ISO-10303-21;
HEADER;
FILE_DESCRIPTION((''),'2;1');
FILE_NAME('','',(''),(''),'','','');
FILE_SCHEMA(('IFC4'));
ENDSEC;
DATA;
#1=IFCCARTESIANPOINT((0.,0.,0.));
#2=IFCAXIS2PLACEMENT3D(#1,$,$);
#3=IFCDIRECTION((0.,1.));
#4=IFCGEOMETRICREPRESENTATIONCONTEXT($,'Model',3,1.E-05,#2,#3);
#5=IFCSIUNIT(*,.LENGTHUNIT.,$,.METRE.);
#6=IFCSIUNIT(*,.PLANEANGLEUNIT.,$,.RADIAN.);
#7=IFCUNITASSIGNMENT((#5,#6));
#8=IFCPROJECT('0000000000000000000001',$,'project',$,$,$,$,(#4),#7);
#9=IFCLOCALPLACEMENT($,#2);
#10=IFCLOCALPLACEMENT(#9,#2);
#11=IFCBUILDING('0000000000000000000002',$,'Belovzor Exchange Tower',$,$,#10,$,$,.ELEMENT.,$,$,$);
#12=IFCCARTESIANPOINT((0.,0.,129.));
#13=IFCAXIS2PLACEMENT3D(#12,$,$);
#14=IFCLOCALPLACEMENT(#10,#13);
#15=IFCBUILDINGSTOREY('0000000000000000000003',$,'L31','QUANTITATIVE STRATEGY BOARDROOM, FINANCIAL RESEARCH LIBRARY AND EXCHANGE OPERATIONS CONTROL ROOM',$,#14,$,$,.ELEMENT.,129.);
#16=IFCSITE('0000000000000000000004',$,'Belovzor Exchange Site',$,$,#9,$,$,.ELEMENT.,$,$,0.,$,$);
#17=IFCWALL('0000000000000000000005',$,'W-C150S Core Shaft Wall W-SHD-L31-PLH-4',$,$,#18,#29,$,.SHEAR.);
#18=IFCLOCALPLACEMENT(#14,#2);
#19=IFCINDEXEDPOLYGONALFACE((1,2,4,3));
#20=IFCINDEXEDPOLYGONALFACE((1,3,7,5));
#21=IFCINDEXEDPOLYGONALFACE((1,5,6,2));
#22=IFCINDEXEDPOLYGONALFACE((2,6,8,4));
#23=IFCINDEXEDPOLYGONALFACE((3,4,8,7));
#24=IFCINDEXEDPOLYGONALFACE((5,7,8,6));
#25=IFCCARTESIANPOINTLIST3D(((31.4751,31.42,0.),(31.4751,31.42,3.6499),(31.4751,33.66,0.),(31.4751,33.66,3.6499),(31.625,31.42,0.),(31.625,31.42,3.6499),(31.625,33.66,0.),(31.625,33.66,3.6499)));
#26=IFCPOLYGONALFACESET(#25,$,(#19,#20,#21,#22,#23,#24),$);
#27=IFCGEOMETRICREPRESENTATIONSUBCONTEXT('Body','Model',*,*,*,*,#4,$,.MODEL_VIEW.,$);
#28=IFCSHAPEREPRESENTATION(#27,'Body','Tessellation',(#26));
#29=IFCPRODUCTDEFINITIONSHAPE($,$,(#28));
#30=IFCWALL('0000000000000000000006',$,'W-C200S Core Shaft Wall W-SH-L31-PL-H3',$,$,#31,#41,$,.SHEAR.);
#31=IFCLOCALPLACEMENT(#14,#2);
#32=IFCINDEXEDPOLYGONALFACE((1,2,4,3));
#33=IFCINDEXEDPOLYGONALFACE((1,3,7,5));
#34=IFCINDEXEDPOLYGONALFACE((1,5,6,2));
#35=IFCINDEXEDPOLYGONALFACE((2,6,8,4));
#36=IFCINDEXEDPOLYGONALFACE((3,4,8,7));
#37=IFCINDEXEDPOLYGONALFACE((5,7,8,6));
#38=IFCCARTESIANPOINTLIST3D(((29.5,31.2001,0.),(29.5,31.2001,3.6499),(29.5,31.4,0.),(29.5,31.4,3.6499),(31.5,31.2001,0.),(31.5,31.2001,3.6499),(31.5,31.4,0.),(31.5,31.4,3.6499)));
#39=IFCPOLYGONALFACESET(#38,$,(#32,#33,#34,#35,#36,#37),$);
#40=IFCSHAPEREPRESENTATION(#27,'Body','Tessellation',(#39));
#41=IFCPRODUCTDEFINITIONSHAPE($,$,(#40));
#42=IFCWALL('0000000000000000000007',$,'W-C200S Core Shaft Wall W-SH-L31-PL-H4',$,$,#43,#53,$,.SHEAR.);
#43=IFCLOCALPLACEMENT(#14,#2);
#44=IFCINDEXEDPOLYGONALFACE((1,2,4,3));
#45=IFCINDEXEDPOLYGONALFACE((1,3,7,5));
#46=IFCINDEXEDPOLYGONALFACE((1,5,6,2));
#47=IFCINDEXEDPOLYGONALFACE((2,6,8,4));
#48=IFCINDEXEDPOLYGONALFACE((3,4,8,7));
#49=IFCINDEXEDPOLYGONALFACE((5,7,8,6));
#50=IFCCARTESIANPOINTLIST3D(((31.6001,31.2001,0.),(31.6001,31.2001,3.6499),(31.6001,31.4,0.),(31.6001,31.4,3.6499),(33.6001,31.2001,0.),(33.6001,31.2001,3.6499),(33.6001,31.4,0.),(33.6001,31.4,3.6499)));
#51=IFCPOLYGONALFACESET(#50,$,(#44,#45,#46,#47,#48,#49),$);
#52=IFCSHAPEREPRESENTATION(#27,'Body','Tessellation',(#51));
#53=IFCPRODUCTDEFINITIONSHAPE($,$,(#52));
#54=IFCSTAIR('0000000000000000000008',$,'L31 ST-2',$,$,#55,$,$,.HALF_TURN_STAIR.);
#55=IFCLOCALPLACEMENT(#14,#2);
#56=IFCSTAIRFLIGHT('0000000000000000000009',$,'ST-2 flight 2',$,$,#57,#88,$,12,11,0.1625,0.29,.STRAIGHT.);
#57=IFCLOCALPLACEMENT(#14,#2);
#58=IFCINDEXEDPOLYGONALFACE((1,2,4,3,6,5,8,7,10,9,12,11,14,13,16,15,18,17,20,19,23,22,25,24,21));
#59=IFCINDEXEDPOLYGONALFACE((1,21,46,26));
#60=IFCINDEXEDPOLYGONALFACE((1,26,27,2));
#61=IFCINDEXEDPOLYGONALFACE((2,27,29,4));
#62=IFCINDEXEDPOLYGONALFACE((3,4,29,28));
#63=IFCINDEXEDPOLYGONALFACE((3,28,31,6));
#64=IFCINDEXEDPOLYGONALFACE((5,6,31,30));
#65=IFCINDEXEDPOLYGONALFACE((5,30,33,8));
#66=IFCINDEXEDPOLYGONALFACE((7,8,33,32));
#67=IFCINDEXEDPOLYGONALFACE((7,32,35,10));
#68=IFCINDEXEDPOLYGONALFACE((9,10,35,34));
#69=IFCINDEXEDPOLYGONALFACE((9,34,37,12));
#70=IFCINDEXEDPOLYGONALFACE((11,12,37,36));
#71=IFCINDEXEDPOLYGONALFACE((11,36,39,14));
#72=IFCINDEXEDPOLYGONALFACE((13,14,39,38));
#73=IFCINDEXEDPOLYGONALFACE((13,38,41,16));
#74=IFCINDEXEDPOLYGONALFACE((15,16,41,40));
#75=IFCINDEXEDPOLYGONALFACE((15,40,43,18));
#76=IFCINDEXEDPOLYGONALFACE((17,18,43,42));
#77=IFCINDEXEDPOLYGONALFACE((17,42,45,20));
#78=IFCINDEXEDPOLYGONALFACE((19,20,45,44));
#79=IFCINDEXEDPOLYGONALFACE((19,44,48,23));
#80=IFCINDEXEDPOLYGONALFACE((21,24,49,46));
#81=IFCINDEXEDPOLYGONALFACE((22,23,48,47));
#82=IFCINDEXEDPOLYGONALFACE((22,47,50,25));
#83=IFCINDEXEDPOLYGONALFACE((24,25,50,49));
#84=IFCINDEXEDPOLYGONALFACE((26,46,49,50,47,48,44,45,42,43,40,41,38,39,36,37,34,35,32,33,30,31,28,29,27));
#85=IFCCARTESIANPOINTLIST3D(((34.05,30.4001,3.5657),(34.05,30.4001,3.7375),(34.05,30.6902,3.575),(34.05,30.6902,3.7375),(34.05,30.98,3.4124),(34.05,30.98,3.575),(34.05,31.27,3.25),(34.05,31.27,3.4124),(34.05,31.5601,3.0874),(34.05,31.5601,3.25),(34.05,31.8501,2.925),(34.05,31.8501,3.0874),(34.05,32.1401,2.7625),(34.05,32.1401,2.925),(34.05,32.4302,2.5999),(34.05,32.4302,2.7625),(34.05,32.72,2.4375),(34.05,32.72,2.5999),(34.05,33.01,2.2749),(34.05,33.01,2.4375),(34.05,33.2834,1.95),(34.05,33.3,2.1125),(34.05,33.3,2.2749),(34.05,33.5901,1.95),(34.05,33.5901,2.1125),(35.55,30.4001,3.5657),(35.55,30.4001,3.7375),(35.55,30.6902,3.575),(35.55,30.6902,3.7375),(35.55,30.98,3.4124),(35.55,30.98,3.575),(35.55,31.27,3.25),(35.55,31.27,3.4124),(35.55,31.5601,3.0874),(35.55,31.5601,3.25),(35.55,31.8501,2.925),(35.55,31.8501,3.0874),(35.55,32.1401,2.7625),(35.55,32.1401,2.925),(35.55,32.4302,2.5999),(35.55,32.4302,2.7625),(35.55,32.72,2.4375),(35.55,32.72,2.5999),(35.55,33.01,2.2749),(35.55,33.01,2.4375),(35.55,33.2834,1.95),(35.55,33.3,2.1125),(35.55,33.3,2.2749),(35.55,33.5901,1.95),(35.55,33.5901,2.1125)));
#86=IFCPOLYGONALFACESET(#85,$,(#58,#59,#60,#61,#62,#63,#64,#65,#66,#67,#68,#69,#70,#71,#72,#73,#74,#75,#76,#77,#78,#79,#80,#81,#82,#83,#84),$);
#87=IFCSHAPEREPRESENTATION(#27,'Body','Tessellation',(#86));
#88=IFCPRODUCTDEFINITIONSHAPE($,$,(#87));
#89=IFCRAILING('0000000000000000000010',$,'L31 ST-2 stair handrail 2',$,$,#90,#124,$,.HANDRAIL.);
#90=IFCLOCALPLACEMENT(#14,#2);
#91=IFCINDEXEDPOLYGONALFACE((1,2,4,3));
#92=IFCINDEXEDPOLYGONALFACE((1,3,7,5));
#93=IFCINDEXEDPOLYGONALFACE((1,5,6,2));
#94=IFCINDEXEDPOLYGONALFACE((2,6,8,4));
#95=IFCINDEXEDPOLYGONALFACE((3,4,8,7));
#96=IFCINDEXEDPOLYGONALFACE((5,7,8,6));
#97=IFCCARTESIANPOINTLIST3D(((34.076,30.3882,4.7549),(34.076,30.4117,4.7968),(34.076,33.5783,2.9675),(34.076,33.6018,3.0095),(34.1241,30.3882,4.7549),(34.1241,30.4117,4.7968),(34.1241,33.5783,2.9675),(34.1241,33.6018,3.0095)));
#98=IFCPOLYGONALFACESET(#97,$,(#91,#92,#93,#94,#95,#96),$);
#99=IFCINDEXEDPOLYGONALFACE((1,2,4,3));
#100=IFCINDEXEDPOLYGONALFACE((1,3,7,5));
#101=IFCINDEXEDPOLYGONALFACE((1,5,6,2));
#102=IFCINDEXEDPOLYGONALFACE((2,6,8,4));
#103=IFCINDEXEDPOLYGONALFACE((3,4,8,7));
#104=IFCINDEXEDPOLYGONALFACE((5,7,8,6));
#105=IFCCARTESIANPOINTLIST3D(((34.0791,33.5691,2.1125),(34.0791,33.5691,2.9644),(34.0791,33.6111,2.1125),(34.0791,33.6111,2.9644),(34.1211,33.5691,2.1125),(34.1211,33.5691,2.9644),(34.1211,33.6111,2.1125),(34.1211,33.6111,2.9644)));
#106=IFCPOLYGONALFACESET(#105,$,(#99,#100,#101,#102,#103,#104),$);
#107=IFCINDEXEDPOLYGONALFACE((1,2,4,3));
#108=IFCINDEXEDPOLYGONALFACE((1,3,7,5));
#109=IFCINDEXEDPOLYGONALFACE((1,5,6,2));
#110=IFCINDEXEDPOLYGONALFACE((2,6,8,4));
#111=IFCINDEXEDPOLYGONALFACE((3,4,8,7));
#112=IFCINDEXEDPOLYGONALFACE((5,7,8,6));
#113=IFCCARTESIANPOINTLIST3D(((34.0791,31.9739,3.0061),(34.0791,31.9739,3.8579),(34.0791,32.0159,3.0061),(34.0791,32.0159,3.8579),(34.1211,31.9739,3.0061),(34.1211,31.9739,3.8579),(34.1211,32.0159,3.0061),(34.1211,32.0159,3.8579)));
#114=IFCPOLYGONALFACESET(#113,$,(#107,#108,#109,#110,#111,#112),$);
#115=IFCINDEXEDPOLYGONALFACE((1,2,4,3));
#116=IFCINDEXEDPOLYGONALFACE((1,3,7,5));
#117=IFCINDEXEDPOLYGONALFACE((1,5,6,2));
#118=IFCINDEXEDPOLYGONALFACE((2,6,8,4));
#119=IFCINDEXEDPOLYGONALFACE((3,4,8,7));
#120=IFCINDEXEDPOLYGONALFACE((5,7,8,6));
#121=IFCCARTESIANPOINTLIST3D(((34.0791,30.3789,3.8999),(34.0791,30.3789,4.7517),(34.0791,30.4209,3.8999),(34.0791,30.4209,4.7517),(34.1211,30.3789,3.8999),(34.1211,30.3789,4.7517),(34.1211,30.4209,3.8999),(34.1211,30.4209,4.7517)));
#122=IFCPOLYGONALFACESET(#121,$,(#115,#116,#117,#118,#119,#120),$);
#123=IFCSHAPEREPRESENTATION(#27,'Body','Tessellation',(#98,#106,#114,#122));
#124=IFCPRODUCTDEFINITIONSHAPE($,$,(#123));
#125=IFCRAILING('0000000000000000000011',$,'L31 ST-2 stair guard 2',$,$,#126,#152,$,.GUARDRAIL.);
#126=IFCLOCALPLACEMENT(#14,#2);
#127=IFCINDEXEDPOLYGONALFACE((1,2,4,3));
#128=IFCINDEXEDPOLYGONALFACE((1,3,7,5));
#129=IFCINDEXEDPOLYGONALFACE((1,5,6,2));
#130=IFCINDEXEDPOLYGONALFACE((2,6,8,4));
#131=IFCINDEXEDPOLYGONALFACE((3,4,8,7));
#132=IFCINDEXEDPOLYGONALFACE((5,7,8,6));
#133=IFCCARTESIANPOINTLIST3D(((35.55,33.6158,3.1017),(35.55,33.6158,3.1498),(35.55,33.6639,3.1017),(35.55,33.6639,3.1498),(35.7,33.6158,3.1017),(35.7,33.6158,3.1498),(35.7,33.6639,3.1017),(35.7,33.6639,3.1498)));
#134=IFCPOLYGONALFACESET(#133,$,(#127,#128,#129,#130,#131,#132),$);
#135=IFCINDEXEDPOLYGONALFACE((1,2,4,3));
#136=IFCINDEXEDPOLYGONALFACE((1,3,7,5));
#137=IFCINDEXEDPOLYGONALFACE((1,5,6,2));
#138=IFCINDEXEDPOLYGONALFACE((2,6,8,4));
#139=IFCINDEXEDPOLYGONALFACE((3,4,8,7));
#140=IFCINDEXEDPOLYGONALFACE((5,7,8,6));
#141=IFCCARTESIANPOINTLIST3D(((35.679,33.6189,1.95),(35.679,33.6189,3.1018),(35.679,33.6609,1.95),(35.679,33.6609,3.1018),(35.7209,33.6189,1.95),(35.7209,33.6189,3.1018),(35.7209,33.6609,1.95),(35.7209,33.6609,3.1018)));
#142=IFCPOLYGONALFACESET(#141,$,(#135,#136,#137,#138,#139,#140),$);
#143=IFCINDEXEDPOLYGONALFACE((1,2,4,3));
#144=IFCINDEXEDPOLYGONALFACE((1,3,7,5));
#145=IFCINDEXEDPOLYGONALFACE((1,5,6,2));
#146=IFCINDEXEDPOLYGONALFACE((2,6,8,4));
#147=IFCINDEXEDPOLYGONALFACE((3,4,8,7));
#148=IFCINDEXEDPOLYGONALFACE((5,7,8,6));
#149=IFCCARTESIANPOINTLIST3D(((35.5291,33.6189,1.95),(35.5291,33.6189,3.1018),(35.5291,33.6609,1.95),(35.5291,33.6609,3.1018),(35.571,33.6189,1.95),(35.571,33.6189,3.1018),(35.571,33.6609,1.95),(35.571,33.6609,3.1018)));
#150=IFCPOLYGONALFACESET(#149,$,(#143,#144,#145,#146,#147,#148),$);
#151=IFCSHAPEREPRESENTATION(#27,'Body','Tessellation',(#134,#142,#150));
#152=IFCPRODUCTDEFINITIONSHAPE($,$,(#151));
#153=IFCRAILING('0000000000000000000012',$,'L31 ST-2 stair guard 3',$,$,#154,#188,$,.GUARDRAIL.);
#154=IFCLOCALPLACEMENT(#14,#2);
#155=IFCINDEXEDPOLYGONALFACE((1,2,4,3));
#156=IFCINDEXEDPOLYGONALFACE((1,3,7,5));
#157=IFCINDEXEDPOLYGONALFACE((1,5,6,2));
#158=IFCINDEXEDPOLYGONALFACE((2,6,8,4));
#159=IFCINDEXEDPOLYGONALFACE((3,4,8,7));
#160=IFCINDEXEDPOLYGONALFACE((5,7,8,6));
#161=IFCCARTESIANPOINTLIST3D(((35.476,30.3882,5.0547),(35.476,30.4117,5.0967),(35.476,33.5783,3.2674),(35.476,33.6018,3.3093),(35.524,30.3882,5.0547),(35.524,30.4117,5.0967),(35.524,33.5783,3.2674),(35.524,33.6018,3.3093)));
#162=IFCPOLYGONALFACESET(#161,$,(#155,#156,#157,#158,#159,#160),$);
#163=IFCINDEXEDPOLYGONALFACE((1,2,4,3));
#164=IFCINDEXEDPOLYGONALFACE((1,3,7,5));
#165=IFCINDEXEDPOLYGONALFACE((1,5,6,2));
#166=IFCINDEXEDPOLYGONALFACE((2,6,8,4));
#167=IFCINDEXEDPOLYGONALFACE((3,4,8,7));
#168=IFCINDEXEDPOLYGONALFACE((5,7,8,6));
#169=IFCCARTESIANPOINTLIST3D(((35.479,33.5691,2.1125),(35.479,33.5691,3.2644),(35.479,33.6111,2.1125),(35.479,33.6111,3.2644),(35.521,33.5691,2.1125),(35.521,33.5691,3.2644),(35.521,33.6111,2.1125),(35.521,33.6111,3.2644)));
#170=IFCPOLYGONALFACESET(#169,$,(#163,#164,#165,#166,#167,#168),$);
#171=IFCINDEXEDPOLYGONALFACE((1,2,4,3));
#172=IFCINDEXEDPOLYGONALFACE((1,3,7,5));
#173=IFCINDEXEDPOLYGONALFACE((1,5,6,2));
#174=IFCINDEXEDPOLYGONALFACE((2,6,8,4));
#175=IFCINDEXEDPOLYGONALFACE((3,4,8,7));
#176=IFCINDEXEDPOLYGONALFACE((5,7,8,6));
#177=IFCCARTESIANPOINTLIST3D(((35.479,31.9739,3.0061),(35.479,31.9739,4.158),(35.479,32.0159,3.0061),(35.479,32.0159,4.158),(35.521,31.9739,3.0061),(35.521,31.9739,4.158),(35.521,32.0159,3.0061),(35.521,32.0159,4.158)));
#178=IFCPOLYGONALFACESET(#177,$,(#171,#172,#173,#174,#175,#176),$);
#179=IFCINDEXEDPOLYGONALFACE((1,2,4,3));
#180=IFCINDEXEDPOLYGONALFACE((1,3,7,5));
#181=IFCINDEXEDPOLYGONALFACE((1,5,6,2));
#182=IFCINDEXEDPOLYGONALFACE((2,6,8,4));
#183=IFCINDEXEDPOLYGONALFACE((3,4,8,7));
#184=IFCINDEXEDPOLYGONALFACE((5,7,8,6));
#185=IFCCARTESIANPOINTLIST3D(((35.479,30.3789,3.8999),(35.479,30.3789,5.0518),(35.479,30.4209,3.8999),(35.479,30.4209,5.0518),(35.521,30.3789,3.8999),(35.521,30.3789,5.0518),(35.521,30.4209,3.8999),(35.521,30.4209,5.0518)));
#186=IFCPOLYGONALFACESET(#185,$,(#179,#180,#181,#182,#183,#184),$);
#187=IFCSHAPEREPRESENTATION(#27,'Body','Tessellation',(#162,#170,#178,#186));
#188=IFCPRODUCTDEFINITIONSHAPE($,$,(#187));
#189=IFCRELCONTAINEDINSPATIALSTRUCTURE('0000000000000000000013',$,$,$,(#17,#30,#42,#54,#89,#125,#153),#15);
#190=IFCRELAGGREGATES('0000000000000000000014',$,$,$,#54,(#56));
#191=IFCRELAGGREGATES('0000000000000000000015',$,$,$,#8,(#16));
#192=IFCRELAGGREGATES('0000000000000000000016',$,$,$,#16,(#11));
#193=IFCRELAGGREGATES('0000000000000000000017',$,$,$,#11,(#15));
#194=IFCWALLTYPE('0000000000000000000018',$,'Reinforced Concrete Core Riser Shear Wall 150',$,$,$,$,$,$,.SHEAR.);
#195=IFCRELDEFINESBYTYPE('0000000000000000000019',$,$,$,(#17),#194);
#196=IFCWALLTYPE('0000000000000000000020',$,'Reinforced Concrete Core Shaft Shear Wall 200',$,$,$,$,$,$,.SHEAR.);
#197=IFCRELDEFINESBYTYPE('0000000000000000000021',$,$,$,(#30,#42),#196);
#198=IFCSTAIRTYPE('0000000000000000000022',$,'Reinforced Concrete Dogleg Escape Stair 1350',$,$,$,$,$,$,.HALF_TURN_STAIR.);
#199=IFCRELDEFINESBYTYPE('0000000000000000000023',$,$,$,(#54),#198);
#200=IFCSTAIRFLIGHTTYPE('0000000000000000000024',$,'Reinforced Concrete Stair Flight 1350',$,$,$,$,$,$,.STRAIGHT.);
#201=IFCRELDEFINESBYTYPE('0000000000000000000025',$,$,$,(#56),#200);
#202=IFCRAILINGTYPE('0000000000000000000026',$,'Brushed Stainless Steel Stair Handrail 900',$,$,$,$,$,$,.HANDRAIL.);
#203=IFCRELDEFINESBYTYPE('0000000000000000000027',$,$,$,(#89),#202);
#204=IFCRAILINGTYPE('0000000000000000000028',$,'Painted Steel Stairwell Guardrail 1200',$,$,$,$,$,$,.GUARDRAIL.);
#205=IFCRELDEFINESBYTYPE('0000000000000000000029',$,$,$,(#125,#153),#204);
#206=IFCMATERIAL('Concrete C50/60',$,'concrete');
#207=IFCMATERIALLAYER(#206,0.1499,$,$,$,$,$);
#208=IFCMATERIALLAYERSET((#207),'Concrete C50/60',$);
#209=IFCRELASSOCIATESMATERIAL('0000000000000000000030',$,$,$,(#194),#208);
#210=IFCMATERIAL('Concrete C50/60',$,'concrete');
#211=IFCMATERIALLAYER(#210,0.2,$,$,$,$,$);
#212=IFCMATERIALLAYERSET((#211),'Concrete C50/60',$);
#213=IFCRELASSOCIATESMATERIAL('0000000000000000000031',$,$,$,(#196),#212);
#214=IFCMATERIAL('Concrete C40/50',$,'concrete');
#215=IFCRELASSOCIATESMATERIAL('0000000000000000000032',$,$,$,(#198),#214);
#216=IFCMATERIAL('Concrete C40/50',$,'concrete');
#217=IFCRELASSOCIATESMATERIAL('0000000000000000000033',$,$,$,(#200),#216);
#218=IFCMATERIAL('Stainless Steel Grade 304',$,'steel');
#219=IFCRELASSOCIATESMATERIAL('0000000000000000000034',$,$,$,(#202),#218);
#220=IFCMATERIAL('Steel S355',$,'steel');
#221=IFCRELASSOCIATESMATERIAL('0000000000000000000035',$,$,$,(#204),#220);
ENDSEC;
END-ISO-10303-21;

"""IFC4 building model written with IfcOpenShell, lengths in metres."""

from ifc_helpers import new_model, si_unit, direction, frame, frame_2d, origin, origin_2d, place, context, subcontext, project, spatial, polyline, rectangle, outline, extrude, material, layer, layer_set, type_object, element, aggregate, save


model = new_model("IFC4")

# Units and contexts
model_context = context("Model", 3, precision=1e-05, world=origin(), true_north=direction((0.0, 1.0)))
body_context = subcontext(model_context, "Body", "Model", "MODEL_VIEW")
ifc_project = project(units=[si_unit("LENGTHUNIT", "METRE"), si_unit("PLANEANGLEUNIT", "RADIAN")], contexts=[model_context])

# Site, building, storey
site_placement = place(None, origin())
site = spatial("IfcSite", under=ifc_project, at=site_placement, Name="Belovzor Exchange Site", CompositionType="ELEMENT", RefElevation=0.0)
building_placement = place(site_placement, origin())
building = spatial("IfcBuilding", under=site, at=building_placement, Name="Belovzor Exchange Tower", CompositionType="ELEMENT")
storey_placement = place(building_placement, frame((0.0, 0.0, 129.0)))
storey = spatial("IfcBuildingStorey", under=building, at=storey_placement, Name="L31", Description="QUANTITATIVE STRATEGY BOARDROOM, FINANCIAL RESEARCH LIBRARY AND EXCHANGE OPERATIONS CONTROL ROOM", CompositionType="ELEMENT", Elevation=129.0)

# Walls
ifc_material_1 = material(Name="Concrete C50/60", Category="concrete")
ifc_layer_1 = layer(ifc_material_1, 0.1499)
ifc_layer_set_1 = layer_set([ifc_layer_1], Name="Concrete C50/60")
wall_type_1 = type_object("IfcWallType", Name="Reinforced Concrete Core Riser Shear Wall 150", PredefinedType="SHEAR", material=ifc_layer_set_1)
for number, where, z_axis, x_axis, name in (
    (1, (31.55, 31.4199, 0.0), (0.0, 0.0, 1.0), (0.0, 1.0, 0.0), "W-C150S Core Shaft Wall W-SHD-L31-PLH-4"),
):
    element("IfcWall", number, at=place(storey_placement, frame(where, z_axis=z_axis, x_axis=x_axis)), inside=storey, type_object=wall_type_1, Name=name, PredefinedType="SHEAR", context=body_context, shape_type="SweptSolid", body=[
        extrude(rectangle(XDim=2.24, YDim=0.1499, at=frame_2d((1.1201, 0.0))), origin(), (0.0, 0.0, 1.0), 3.6499),
    ])
ifc_material_2 = material(Name="Concrete C50/60", Category="concrete")
ifc_layer_2 = layer(ifc_material_2, 0.2)
ifc_layer_set_2 = layer_set([ifc_layer_2], Name="Concrete C50/60")
wall_type_2 = type_object("IfcWallType", Name="Reinforced Concrete Core Shaft Shear Wall 200", PredefinedType="SHEAR", material=ifc_layer_set_2)
for number, where, z_axis, x_axis, name in (
    (2, (29.5, 31.3, 0.0), (0.0, 0.0, 1.0), (1.0, 0.0, 0.0), "W-C200S Core Shaft Wall W-SH-L31-PL-H3"),
    (3, (31.6001, 31.3, 0.0), (0.0, 0.0, 1.0), (1.0, 0.0, 0.0), "W-C200S Core Shaft Wall W-SH-L31-PL-H4"),
):
    element("IfcWall", number, at=place(storey_placement, frame(where, z_axis=z_axis, x_axis=x_axis)), inside=storey, type_object=wall_type_2, Name=name, PredefinedType="SHEAR", context=body_context, shape_type="SweptSolid", body=[
        extrude(rectangle(XDim=2.0, YDim=0.2, at=frame_2d((1.0, 0.0))), origin(), (0.0, 0.0, 1.0), 3.6499),
    ])

# Stair, stair flight
ifc_material_3 = material(Name="Concrete C40/50", Category="concrete")
stair_type = type_object("IfcStairType", Name="Reinforced Concrete Dogleg Escape Stair 1350", PredefinedType="HALF_TURN_STAIR", material=ifc_material_3)
stair_placement = place(storey_placement, origin())
stair = element("IfcStair", 4, at=stair_placement, inside=storey, type_object=stair_type, Name="L31 ST-2", PredefinedType="HALF_TURN_STAIR")
ifc_material_4 = material(Name="Concrete C40/50", Category="concrete")
stair_flight_type = type_object("IfcStairFlightType", Name="Reinforced Concrete Stair Flight 1350", PredefinedType="STRAIGHT", material=ifc_material_4)
stair_flight_placement = place(storey_placement, frame((34.8, 33.5901, 1.95), z_axis=(0.0, 0.0, 1.0), x_axis=(0.0, -1.0, 0.0)))
stair_flight = element("IfcStairFlight", 5, at=stair_flight_placement, type_object=stair_flight_type, Name="ST-2 flight 2", NumberOfRisers=12, NumberOfTreads=11, PredefinedType="STRAIGHT", RiserHeight=0.1625, TreadLength=0.29, context=body_context, shape_type="SweptSolid", body=[
    extrude(outline(polyline([(0.0, 0.0), (0.0, 0.1626), (0.29, 0.1626), (0.29, 0.325), (0.5801, 0.325), (0.5801, 0.4875), (0.8701, 0.4875), (0.8701, 0.6499), (1.1599, 0.6499), (1.1599, 0.8125), (1.45, 0.8125), (1.45, 0.9751), (1.74, 0.9751), (1.74, 1.1375), (2.03, 1.1375), (2.03, 1.3), (2.3201, 1.3), (2.3201, 1.4624), (2.6101, 1.4624), (2.6101, 1.625), (2.8999, 1.625), (2.8999, 1.7876), (3.1899, 1.7876), (3.1899, 1.95), (3.1899, 1.6157), (0.3066, 0.0), (0.0, 0.0)])), frame((0.0, 0.75, 0.0), z_axis=(0.0, -1.0, 0.0), x_axis=(1.0, 0.0, 0.0)), (0.0, 0.0, 1.0), 1.5),
])
aggregate(stair, [stair_flight])

# Railings
ifc_material_5 = material(Name="Stainless Steel Grade 304", Category="steel")
railing_type_1 = type_object("IfcRailingType", Name="Brushed Stainless Steel Stair Handrail 900", PredefinedType="HANDRAIL", material=ifc_material_5)
railing_1_placement = place(storey_placement, frame((34.1001, 33.5901, 2.1125)))
element("IfcRailing", 6, at=railing_1_placement, inside=storey, type_object=railing_type_1, Name="L31 ST-2 stair handrail 2", PredefinedType="HANDRAIL", context=body_context, shape_type="SweptSolid", body=[
    extrude(rectangle(XDim=0.0481, YDim=0.0481, at=origin_2d()), frame((0.0, 0.0, 0.876), z_axis=(0.0, -0.872407, 0.48878), x_axis=(1.0, 0.0, 0.0)), (0.0, 0.0, 1.0), 3.6567),
    extrude(rectangle(XDim=0.042, YDim=0.042, at=origin_2d()), origin(), (0.0, 0.0, 1.0), 0.8518),
    extrude(rectangle(XDim=0.042, YDim=0.042, at=origin_2d()), frame((0.0, -1.5952, 0.8936)), (0.0, 0.0, 1.0), 0.8518),
    extrude(rectangle(XDim=0.042, YDim=0.042, at=origin_2d()), frame((0.0, -3.1902, 1.7874)), (0.0, 0.0, 1.0), 0.8518),
])
ifc_material_6 = material(Name="Steel S355", Category="steel")
railing_type_2 = type_object("IfcRailingType", Name="Painted Steel Stairwell Guardrail 1200", PredefinedType="GUARDRAIL", material=ifc_material_6)
railing_2_placement = place(storey_placement, frame((35.7, 33.6399, 1.95)))
element("IfcRailing", 7, at=railing_2_placement, inside=storey, type_object=railing_type_2, Name="L31 ST-2 stair guard 2", PredefinedType="GUARDRAIL", context=body_context, shape_type="SweptSolid", body=[
    extrude(rectangle(XDim=0.0481, YDim=0.0481, at=origin_2d()), frame((0.0, 0.0, 1.1758), z_axis=(-1.0, 0.0, 0.0), x_axis=(0.0, -1.0, 0.0)), (0.0, 0.0, 1.0), 0.1499),
    extrude(rectangle(XDim=0.042, YDim=0.042, at=origin_2d()), origin(), (0.0, 0.0, 1.0), 1.1519),
    extrude(rectangle(XDim=0.042, YDim=0.042, at=origin_2d()), frame((-0.1499, 0.0, 0.0)), (0.0, 0.0, 1.0), 1.1519),
])
railing_3_placement = place(storey_placement, frame((35.5, 33.5901, 2.1125)))
element("IfcRailing", 8, at=railing_3_placement, inside=storey, type_object=railing_type_2, Name="L31 ST-2 stair guard 3", PredefinedType="GUARDRAIL", context=body_context, shape_type="SweptSolid", body=[
    extrude(rectangle(XDim=0.0481, YDim=0.0481, at=origin_2d()), frame((0.0, 0.0, 1.1758), z_axis=(0.0, -0.872407, 0.48878), x_axis=(1.0, 0.0, 0.0)), (0.0, 0.0, 1.0), 3.6567),
    extrude(rectangle(XDim=0.042, YDim=0.042, at=origin_2d()), origin(), (0.0, 0.0, 1.0), 1.1519),
    extrude(rectangle(XDim=0.042, YDim=0.042, at=origin_2d()), frame((0.0, -1.5952, 0.8936)), (0.0, 0.0, 1.0), 1.1519),
    extrude(rectangle(XDim=0.042, YDim=0.042, at=origin_2d()), frame((0.0, -3.1902, 1.7874)), (0.0, 0.0, 1.0), 1.1519),
])

save(model, "model.ifc")
